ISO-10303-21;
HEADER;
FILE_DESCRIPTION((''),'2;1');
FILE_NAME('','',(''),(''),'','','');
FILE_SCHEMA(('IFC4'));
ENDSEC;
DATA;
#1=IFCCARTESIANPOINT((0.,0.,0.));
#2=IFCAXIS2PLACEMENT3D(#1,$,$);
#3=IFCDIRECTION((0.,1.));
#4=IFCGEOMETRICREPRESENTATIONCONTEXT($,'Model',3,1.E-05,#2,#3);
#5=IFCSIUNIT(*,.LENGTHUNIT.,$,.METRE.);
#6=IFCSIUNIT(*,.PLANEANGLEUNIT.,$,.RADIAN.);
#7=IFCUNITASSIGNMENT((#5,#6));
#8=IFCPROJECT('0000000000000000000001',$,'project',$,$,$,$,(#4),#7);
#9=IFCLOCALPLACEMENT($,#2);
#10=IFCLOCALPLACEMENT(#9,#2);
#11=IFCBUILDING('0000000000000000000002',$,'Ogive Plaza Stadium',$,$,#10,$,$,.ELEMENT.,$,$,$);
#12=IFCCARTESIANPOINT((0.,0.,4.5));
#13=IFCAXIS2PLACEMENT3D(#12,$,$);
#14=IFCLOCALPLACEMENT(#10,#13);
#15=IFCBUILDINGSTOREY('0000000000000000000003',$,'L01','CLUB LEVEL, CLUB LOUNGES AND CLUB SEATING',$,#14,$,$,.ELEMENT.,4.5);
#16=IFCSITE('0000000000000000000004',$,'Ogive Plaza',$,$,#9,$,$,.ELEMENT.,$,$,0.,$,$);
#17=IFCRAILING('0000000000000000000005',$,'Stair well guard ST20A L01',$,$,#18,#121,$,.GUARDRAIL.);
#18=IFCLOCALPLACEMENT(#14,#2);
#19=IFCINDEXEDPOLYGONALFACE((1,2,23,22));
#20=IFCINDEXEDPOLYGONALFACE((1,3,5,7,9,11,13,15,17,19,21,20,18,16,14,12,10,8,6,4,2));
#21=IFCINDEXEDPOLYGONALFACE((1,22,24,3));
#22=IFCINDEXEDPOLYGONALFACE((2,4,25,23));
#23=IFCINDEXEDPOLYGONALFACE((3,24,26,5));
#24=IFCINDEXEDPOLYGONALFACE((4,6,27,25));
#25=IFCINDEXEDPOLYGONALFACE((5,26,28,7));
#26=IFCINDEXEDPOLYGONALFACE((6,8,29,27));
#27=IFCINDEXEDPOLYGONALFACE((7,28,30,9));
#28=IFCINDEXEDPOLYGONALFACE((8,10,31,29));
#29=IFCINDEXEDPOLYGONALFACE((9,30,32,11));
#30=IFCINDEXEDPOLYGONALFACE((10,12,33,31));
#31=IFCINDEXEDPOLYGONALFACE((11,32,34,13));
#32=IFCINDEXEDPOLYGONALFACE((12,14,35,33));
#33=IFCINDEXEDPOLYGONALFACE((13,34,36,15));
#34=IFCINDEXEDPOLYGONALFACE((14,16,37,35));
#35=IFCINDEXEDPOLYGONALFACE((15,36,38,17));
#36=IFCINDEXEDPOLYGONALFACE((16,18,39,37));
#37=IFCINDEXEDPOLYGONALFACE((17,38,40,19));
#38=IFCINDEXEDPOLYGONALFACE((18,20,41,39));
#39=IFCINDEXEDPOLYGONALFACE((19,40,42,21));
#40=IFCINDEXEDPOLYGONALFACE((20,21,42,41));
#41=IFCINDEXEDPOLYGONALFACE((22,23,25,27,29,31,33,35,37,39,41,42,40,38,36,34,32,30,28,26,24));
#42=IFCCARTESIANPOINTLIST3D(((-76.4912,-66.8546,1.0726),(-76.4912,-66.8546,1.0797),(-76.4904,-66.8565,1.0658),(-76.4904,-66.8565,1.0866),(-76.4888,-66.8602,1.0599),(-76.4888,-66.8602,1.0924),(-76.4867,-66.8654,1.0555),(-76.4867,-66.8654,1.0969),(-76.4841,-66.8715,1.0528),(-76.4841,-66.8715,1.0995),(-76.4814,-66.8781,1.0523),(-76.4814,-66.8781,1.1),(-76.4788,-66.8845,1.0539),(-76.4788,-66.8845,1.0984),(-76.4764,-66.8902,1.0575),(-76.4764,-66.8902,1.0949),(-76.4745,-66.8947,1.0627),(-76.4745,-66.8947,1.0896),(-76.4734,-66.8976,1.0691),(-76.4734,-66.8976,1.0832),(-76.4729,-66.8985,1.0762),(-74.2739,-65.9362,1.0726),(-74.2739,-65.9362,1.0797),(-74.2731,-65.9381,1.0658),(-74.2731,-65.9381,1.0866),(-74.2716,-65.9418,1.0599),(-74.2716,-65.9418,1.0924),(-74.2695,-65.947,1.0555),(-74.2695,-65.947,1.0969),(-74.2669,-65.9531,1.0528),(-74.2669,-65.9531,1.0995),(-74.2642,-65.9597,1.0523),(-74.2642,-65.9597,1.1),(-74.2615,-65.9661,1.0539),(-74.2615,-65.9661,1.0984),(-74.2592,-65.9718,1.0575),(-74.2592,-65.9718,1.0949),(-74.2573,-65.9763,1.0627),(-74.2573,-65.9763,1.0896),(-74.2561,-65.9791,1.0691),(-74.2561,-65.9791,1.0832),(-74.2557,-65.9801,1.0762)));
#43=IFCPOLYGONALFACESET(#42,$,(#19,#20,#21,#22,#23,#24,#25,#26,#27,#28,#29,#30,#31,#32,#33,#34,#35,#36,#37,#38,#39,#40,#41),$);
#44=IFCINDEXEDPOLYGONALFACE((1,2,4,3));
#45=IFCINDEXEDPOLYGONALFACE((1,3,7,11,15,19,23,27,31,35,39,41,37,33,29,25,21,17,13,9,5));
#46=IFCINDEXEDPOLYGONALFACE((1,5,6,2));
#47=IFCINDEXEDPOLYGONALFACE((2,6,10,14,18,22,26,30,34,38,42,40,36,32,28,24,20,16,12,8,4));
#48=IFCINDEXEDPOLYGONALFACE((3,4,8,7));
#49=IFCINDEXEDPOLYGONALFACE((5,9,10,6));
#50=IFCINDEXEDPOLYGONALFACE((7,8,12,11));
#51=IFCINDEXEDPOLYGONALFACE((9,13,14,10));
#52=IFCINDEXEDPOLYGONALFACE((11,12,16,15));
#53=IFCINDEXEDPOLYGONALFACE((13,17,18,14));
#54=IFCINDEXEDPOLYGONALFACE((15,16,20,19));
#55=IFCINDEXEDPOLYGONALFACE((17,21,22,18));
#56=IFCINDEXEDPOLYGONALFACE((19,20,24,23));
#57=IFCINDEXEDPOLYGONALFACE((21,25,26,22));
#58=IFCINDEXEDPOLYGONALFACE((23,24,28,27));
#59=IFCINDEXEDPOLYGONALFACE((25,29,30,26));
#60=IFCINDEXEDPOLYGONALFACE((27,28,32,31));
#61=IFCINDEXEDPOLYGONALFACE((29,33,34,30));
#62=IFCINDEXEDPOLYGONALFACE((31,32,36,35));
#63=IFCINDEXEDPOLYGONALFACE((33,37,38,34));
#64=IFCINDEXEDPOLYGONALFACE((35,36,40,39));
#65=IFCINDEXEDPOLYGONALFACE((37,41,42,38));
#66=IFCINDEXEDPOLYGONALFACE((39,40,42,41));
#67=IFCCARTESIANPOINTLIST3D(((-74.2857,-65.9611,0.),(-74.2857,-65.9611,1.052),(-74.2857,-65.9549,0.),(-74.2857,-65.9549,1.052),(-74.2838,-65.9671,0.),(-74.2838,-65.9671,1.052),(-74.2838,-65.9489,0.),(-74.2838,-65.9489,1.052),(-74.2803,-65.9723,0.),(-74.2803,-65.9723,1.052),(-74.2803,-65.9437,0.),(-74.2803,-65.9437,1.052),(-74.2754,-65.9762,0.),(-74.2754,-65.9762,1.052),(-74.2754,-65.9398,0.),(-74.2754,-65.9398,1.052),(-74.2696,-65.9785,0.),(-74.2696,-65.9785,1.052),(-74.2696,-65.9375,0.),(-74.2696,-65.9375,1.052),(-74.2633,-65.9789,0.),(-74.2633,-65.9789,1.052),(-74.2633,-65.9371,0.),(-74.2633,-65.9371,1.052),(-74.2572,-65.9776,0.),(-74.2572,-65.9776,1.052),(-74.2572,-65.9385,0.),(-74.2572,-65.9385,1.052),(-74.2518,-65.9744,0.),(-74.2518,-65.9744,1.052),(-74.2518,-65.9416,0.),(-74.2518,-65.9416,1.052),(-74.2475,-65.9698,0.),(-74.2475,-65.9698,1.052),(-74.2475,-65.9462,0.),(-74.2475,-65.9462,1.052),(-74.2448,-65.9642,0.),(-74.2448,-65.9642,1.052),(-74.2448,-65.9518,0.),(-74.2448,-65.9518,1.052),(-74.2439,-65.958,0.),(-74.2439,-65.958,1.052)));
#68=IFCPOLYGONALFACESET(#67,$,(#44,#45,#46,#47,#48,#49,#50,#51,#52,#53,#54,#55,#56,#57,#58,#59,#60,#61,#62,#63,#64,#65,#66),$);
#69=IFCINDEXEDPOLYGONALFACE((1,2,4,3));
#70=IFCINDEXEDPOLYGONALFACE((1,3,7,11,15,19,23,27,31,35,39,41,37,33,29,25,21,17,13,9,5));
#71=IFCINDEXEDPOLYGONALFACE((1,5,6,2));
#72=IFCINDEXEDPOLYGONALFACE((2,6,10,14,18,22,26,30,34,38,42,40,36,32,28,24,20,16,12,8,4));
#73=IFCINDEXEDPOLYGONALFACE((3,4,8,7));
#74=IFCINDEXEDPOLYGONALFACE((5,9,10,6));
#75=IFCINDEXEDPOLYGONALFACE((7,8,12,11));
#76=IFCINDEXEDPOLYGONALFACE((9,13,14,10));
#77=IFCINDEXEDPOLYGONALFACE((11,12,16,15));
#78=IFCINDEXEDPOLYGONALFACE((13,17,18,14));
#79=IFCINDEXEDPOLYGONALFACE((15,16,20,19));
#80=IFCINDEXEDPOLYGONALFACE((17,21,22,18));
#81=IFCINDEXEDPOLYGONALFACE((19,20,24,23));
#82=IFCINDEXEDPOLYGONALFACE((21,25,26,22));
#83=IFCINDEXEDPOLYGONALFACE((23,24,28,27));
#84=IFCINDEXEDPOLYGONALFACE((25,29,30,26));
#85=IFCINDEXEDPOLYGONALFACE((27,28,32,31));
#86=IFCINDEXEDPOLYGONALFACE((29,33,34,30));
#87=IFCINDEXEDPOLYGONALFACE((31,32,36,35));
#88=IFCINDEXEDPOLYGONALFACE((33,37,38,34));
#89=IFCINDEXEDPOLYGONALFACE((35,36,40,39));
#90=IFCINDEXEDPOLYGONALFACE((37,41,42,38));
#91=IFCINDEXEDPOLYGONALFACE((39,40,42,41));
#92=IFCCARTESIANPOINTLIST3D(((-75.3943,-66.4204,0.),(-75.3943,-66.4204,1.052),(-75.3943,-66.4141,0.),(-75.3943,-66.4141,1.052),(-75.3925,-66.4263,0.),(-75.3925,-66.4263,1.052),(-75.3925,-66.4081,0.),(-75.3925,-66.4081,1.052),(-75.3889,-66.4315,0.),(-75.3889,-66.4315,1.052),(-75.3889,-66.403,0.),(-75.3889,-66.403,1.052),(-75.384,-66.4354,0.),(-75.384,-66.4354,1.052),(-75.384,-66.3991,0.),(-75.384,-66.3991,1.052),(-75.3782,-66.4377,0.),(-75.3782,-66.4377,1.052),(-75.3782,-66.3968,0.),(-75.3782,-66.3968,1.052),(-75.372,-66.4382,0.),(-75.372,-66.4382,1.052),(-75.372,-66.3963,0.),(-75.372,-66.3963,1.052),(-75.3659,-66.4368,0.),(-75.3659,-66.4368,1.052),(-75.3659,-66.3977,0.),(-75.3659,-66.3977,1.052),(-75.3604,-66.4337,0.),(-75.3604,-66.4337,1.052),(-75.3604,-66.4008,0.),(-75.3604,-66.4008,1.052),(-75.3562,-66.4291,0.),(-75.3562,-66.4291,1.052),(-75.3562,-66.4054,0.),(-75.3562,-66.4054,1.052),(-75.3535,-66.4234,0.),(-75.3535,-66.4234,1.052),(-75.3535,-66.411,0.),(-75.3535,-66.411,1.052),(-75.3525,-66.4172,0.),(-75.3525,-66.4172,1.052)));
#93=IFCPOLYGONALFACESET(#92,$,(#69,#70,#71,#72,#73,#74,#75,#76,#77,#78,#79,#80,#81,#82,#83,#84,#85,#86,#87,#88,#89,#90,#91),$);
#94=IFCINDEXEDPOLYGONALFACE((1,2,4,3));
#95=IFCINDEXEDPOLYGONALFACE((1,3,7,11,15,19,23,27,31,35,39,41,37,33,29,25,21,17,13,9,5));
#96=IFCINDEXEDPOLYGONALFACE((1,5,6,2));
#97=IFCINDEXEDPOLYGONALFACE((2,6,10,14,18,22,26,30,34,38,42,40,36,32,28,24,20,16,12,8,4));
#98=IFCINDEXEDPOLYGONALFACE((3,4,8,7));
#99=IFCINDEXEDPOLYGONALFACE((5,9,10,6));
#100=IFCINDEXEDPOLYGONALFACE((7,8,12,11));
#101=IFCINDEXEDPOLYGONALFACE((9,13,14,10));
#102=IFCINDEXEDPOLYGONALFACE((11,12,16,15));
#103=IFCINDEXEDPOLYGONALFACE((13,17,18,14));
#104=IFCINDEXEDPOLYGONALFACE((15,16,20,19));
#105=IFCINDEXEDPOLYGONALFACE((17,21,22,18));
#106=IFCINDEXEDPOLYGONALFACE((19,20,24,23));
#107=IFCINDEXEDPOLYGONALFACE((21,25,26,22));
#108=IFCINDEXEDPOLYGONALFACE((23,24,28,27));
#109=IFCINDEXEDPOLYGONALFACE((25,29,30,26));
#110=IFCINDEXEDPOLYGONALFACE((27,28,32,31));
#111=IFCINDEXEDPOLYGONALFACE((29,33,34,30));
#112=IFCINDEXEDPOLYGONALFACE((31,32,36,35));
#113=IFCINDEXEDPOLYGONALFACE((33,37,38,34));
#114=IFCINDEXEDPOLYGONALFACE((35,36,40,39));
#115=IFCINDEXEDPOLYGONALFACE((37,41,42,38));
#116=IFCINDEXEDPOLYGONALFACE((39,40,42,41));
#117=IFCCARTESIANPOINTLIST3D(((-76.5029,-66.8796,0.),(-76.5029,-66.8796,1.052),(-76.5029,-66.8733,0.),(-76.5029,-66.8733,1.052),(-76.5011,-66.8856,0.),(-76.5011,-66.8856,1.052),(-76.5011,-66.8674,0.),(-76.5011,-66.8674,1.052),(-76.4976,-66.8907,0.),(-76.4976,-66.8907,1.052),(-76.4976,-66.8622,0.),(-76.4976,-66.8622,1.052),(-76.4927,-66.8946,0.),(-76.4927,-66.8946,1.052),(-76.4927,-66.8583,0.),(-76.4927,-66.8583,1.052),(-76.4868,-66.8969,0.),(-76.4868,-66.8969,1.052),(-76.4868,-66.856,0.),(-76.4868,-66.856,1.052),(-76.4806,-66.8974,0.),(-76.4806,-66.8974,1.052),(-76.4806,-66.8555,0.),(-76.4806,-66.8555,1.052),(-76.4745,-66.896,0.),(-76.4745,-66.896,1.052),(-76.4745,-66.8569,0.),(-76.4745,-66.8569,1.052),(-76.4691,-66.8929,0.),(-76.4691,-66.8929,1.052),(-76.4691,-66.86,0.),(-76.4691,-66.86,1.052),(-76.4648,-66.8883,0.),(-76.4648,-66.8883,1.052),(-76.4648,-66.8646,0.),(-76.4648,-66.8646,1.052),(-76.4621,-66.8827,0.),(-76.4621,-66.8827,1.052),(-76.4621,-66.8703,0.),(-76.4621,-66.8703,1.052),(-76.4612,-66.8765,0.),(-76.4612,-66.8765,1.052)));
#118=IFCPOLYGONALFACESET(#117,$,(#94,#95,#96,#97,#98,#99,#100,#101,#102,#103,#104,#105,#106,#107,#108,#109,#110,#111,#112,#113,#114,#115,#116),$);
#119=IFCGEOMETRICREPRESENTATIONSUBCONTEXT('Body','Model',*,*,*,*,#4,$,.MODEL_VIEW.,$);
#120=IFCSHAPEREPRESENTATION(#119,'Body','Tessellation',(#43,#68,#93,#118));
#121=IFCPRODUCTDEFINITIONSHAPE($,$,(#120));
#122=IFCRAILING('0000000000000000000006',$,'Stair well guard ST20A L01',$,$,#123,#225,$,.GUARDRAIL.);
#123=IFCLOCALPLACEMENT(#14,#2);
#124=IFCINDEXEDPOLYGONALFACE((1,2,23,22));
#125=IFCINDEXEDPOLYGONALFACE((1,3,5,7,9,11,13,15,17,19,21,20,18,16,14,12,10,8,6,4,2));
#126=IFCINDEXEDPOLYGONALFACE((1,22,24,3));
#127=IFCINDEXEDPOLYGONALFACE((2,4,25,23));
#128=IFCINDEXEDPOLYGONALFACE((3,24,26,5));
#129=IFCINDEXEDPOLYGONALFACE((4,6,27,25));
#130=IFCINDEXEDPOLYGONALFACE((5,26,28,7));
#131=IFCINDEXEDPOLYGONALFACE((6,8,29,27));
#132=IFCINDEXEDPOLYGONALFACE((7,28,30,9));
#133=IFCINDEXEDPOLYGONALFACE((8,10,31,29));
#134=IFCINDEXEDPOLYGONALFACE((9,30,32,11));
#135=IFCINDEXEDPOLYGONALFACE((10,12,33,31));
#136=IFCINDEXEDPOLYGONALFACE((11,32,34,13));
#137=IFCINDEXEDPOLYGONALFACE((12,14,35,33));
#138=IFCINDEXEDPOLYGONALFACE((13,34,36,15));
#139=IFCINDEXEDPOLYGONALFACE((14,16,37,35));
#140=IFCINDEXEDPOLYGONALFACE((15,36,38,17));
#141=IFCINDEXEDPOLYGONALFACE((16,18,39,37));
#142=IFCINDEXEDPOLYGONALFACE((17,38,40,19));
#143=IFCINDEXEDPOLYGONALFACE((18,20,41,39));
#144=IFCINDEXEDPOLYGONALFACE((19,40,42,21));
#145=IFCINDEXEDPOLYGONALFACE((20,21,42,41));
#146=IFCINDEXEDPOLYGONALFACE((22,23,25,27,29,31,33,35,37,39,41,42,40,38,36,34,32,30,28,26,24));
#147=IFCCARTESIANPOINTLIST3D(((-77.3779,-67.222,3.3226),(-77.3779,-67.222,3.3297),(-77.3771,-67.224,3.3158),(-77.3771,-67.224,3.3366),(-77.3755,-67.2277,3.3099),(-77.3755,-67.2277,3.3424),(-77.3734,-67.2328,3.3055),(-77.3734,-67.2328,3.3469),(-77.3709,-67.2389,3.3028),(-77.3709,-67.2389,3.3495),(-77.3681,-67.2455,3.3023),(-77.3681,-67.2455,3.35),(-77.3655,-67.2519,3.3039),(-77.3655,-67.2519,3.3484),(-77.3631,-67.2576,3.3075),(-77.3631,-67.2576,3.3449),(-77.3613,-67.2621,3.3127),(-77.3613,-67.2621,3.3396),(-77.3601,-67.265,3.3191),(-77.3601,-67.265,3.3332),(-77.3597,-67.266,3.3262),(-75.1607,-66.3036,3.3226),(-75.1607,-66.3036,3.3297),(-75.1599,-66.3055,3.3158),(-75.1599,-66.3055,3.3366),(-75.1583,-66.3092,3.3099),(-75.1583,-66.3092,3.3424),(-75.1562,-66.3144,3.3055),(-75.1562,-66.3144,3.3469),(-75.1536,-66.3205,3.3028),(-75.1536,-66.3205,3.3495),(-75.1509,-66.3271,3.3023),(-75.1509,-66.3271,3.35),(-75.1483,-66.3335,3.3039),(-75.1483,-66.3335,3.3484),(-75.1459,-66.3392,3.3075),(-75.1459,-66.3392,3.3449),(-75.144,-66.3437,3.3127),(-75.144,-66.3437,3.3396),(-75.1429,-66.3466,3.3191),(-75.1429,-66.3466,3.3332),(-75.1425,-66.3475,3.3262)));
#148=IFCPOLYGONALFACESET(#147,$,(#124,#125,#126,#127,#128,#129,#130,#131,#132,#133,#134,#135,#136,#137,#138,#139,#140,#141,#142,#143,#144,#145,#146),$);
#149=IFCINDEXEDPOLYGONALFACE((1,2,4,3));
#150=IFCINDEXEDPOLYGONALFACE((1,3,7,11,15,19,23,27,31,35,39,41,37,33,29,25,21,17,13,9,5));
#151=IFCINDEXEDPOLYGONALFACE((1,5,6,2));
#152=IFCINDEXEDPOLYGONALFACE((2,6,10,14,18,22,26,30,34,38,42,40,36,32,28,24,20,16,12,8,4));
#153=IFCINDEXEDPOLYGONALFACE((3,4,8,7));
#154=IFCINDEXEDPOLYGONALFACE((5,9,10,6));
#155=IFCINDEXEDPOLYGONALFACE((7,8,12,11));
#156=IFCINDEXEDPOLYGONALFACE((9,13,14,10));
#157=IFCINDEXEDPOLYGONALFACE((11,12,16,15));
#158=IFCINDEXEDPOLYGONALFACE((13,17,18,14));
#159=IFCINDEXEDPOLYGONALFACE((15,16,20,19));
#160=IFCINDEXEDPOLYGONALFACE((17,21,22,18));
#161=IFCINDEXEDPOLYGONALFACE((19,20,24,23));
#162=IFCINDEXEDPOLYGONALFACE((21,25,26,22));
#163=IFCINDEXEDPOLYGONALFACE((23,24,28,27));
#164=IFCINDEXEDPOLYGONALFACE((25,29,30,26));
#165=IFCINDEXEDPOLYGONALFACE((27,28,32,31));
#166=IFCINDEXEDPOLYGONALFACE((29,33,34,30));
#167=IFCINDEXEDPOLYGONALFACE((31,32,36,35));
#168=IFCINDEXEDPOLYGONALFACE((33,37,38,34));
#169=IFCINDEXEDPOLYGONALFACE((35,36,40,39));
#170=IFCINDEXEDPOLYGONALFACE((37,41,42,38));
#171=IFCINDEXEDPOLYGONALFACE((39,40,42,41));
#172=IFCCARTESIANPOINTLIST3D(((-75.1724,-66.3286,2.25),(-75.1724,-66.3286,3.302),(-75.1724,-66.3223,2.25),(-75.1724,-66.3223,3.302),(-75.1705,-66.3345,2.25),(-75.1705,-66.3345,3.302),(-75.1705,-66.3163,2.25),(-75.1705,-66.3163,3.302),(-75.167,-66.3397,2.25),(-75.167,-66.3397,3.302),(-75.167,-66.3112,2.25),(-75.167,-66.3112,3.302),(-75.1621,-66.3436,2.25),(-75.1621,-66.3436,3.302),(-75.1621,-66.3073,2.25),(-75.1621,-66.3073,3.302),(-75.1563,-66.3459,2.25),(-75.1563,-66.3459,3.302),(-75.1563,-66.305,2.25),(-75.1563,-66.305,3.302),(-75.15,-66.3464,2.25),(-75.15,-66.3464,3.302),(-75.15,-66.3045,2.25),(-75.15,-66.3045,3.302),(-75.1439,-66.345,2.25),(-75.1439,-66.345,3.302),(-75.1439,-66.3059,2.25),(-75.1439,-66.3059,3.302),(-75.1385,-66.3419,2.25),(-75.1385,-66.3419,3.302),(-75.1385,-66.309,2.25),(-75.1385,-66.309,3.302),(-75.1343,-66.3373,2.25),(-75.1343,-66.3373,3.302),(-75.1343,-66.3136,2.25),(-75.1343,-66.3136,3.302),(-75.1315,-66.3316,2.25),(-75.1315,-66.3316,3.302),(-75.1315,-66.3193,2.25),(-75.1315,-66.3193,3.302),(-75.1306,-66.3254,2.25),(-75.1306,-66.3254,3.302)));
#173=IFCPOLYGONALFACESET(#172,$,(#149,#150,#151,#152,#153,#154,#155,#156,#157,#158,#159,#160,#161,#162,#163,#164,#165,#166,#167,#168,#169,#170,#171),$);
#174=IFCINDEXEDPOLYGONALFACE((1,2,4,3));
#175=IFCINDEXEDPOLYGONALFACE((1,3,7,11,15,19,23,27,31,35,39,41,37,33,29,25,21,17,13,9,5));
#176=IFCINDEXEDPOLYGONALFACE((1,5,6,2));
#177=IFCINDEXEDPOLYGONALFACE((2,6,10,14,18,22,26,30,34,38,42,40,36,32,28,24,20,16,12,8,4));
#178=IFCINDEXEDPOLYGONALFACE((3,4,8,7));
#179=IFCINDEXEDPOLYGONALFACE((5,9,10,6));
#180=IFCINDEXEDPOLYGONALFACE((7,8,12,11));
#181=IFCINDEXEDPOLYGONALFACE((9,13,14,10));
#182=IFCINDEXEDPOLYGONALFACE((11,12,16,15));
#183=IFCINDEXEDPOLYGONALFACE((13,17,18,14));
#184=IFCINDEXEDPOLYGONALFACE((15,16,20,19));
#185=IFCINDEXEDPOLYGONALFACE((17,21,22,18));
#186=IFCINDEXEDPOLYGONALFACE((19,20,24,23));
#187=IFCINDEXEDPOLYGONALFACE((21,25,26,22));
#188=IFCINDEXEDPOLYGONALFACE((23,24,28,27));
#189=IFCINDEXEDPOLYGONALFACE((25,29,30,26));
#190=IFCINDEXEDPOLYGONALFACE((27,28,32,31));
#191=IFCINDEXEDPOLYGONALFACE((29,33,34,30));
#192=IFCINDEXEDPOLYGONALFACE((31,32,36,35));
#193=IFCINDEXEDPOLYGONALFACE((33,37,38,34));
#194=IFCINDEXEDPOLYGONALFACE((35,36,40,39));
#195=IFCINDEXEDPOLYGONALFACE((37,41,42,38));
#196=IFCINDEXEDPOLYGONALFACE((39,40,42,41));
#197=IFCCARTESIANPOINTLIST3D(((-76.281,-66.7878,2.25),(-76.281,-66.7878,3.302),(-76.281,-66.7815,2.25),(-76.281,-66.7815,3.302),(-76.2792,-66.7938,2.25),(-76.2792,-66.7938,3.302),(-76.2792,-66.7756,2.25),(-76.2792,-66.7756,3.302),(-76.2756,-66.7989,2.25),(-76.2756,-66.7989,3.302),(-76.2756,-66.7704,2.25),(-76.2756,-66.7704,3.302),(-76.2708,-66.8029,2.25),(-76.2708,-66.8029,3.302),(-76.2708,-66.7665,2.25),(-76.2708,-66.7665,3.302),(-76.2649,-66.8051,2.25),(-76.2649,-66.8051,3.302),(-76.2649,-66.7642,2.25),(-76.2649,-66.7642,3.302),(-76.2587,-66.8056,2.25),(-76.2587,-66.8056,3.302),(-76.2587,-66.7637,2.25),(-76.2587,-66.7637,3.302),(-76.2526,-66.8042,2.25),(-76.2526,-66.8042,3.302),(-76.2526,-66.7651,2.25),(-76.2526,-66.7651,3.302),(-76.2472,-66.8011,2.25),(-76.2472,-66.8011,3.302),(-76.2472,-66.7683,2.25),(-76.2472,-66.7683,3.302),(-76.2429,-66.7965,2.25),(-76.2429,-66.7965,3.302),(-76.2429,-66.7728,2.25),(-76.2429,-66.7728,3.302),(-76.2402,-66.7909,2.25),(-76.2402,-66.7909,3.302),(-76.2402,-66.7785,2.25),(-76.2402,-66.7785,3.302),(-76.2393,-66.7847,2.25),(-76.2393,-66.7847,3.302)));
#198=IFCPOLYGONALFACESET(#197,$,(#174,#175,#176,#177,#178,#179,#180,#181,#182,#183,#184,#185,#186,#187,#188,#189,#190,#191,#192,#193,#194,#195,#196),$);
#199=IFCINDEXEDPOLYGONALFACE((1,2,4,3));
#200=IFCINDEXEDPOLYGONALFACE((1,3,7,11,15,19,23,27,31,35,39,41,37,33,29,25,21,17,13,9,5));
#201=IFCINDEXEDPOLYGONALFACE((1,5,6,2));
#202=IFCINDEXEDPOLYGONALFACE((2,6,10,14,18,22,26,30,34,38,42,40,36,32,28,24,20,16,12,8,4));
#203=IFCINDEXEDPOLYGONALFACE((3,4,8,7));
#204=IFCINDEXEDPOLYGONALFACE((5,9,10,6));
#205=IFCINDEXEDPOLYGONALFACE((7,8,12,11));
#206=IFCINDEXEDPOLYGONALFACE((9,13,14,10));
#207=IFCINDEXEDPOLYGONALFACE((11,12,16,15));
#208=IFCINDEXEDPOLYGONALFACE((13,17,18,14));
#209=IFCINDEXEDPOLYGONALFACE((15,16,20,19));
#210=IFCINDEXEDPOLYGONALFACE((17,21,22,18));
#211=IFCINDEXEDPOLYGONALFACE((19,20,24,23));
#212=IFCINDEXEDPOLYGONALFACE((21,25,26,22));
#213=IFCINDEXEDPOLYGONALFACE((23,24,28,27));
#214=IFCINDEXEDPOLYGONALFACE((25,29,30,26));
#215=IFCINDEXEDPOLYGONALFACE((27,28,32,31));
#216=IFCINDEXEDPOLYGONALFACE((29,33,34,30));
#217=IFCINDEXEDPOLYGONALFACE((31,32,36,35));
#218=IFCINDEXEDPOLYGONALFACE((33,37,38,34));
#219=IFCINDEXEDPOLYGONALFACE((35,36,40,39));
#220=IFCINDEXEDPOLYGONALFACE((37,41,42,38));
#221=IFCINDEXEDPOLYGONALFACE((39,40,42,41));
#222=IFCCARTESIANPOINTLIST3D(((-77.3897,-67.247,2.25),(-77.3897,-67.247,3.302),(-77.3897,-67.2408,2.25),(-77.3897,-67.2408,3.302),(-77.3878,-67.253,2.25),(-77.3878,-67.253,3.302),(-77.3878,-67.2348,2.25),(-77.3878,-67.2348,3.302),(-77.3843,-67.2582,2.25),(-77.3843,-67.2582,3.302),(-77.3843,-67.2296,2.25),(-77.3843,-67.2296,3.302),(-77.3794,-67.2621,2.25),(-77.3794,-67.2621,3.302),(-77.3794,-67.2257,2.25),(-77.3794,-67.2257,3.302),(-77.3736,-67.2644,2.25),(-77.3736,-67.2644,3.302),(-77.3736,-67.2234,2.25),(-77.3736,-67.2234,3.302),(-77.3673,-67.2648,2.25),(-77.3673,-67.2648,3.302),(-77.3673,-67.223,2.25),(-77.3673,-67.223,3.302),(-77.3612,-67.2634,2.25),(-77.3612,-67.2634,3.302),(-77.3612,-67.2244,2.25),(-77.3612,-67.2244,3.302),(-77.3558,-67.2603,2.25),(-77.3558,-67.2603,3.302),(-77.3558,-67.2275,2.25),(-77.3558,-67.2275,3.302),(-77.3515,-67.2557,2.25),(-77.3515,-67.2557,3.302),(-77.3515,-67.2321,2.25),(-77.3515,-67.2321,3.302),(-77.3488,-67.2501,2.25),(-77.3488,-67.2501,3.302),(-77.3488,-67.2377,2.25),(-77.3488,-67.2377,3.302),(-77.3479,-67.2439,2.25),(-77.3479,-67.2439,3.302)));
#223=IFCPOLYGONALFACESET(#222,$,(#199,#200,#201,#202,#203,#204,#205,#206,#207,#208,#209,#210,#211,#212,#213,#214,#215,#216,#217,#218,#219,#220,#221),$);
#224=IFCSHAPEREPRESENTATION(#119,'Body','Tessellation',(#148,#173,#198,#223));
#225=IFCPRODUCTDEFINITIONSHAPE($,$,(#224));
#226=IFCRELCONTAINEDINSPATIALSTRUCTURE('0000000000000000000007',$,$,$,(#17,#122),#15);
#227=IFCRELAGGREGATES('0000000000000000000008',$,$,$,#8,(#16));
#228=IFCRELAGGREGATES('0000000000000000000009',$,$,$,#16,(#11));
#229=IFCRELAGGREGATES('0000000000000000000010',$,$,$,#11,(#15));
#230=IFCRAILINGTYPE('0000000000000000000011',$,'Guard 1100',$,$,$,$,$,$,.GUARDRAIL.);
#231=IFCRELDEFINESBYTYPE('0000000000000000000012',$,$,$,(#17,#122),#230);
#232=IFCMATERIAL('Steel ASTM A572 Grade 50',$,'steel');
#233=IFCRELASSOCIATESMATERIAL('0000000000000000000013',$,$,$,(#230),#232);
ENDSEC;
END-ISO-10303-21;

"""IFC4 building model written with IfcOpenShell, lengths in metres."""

from ifc_helpers import new_model, si_unit, direction, frame, origin, origin_2d, place, context, subcontext, project, spatial, circle, extrude, material, type_object, element, save


model = new_model("IFC4")

# Units and contexts
model_context = context("Model", 3, precision=1e-05, world=origin(), true_north=direction((0.0, 1.0)))
body_context = subcontext(model_context, "Body", "Model", "MODEL_VIEW")
ifc_project = project(units=[si_unit("LENGTHUNIT", "METRE"), si_unit("PLANEANGLEUNIT", "RADIAN")], contexts=[model_context])

# Site, building, storey
site_placement = place(None, origin())
site = spatial("IfcSite", under=ifc_project, at=site_placement, Name="Ogive Plaza", CompositionType="ELEMENT", RefElevation=0.0)
building_placement = place(site_placement, origin())
building = spatial("IfcBuilding", under=site, at=building_placement, Name="Ogive Plaza Stadium", CompositionType="ELEMENT")
storey_placement = place(building_placement, frame((0.0, 0.0, 4.5)))
storey = spatial("IfcBuildingStorey", under=building, at=storey_placement, Name="L01", Description="CLUB LEVEL, CLUB LOUNGES AND CLUB SEATING", CompositionType="ELEMENT", Elevation=4.5)

# Railings
ifc_material_1 = material(Name="Steel ASTM A572 Grade 50", Category="steel")
railing_type_1 = type_object("IfcRailingType", Name="Guard 1100", PredefinedType="GUARDRAIL", material=ifc_material_1)
for number, where, name in (
    (1, (-74.2649, -65.958, 0.0), "Stair well guard ST20A L01"),
    (2, (-75.1516, -66.3254, 2.25), "Stair well guard ST20A L01"),
):
    element("IfcRailing", number, at=place(storey_placement, frame(where)), inside=storey, type_object=railing_type_1, Name=name, PredefinedType="GUARDRAIL", context=body_context, shape_type="SweptSolid", body=[
        extrude(circle(Radius=0.0239, at=origin_2d()), frame((0.0, 0.0, 1.0762), z_axis=(-0.923875, -0.382693, 0.0), x_axis=(0.382693, -0.923875, 0.0)), (0.0, 0.0, 1.0), 2.3999),
        extrude(circle(Radius=0.021, at=origin_2d()), origin(), (0.0, 0.0, 1.0), 1.052),
        extrude(circle(Radius=0.021, at=origin_2d()), frame((-1.1086, -0.4592, 0.0)), (0.0, 0.0, 1.0), 1.052),
        extrude(circle(Radius=0.021, at=origin_2d()), frame((-2.2173, -0.9185, 0.0)), (0.0, 0.0, 1.0), 1.052),
    ])

save(model, "model.ifc")
